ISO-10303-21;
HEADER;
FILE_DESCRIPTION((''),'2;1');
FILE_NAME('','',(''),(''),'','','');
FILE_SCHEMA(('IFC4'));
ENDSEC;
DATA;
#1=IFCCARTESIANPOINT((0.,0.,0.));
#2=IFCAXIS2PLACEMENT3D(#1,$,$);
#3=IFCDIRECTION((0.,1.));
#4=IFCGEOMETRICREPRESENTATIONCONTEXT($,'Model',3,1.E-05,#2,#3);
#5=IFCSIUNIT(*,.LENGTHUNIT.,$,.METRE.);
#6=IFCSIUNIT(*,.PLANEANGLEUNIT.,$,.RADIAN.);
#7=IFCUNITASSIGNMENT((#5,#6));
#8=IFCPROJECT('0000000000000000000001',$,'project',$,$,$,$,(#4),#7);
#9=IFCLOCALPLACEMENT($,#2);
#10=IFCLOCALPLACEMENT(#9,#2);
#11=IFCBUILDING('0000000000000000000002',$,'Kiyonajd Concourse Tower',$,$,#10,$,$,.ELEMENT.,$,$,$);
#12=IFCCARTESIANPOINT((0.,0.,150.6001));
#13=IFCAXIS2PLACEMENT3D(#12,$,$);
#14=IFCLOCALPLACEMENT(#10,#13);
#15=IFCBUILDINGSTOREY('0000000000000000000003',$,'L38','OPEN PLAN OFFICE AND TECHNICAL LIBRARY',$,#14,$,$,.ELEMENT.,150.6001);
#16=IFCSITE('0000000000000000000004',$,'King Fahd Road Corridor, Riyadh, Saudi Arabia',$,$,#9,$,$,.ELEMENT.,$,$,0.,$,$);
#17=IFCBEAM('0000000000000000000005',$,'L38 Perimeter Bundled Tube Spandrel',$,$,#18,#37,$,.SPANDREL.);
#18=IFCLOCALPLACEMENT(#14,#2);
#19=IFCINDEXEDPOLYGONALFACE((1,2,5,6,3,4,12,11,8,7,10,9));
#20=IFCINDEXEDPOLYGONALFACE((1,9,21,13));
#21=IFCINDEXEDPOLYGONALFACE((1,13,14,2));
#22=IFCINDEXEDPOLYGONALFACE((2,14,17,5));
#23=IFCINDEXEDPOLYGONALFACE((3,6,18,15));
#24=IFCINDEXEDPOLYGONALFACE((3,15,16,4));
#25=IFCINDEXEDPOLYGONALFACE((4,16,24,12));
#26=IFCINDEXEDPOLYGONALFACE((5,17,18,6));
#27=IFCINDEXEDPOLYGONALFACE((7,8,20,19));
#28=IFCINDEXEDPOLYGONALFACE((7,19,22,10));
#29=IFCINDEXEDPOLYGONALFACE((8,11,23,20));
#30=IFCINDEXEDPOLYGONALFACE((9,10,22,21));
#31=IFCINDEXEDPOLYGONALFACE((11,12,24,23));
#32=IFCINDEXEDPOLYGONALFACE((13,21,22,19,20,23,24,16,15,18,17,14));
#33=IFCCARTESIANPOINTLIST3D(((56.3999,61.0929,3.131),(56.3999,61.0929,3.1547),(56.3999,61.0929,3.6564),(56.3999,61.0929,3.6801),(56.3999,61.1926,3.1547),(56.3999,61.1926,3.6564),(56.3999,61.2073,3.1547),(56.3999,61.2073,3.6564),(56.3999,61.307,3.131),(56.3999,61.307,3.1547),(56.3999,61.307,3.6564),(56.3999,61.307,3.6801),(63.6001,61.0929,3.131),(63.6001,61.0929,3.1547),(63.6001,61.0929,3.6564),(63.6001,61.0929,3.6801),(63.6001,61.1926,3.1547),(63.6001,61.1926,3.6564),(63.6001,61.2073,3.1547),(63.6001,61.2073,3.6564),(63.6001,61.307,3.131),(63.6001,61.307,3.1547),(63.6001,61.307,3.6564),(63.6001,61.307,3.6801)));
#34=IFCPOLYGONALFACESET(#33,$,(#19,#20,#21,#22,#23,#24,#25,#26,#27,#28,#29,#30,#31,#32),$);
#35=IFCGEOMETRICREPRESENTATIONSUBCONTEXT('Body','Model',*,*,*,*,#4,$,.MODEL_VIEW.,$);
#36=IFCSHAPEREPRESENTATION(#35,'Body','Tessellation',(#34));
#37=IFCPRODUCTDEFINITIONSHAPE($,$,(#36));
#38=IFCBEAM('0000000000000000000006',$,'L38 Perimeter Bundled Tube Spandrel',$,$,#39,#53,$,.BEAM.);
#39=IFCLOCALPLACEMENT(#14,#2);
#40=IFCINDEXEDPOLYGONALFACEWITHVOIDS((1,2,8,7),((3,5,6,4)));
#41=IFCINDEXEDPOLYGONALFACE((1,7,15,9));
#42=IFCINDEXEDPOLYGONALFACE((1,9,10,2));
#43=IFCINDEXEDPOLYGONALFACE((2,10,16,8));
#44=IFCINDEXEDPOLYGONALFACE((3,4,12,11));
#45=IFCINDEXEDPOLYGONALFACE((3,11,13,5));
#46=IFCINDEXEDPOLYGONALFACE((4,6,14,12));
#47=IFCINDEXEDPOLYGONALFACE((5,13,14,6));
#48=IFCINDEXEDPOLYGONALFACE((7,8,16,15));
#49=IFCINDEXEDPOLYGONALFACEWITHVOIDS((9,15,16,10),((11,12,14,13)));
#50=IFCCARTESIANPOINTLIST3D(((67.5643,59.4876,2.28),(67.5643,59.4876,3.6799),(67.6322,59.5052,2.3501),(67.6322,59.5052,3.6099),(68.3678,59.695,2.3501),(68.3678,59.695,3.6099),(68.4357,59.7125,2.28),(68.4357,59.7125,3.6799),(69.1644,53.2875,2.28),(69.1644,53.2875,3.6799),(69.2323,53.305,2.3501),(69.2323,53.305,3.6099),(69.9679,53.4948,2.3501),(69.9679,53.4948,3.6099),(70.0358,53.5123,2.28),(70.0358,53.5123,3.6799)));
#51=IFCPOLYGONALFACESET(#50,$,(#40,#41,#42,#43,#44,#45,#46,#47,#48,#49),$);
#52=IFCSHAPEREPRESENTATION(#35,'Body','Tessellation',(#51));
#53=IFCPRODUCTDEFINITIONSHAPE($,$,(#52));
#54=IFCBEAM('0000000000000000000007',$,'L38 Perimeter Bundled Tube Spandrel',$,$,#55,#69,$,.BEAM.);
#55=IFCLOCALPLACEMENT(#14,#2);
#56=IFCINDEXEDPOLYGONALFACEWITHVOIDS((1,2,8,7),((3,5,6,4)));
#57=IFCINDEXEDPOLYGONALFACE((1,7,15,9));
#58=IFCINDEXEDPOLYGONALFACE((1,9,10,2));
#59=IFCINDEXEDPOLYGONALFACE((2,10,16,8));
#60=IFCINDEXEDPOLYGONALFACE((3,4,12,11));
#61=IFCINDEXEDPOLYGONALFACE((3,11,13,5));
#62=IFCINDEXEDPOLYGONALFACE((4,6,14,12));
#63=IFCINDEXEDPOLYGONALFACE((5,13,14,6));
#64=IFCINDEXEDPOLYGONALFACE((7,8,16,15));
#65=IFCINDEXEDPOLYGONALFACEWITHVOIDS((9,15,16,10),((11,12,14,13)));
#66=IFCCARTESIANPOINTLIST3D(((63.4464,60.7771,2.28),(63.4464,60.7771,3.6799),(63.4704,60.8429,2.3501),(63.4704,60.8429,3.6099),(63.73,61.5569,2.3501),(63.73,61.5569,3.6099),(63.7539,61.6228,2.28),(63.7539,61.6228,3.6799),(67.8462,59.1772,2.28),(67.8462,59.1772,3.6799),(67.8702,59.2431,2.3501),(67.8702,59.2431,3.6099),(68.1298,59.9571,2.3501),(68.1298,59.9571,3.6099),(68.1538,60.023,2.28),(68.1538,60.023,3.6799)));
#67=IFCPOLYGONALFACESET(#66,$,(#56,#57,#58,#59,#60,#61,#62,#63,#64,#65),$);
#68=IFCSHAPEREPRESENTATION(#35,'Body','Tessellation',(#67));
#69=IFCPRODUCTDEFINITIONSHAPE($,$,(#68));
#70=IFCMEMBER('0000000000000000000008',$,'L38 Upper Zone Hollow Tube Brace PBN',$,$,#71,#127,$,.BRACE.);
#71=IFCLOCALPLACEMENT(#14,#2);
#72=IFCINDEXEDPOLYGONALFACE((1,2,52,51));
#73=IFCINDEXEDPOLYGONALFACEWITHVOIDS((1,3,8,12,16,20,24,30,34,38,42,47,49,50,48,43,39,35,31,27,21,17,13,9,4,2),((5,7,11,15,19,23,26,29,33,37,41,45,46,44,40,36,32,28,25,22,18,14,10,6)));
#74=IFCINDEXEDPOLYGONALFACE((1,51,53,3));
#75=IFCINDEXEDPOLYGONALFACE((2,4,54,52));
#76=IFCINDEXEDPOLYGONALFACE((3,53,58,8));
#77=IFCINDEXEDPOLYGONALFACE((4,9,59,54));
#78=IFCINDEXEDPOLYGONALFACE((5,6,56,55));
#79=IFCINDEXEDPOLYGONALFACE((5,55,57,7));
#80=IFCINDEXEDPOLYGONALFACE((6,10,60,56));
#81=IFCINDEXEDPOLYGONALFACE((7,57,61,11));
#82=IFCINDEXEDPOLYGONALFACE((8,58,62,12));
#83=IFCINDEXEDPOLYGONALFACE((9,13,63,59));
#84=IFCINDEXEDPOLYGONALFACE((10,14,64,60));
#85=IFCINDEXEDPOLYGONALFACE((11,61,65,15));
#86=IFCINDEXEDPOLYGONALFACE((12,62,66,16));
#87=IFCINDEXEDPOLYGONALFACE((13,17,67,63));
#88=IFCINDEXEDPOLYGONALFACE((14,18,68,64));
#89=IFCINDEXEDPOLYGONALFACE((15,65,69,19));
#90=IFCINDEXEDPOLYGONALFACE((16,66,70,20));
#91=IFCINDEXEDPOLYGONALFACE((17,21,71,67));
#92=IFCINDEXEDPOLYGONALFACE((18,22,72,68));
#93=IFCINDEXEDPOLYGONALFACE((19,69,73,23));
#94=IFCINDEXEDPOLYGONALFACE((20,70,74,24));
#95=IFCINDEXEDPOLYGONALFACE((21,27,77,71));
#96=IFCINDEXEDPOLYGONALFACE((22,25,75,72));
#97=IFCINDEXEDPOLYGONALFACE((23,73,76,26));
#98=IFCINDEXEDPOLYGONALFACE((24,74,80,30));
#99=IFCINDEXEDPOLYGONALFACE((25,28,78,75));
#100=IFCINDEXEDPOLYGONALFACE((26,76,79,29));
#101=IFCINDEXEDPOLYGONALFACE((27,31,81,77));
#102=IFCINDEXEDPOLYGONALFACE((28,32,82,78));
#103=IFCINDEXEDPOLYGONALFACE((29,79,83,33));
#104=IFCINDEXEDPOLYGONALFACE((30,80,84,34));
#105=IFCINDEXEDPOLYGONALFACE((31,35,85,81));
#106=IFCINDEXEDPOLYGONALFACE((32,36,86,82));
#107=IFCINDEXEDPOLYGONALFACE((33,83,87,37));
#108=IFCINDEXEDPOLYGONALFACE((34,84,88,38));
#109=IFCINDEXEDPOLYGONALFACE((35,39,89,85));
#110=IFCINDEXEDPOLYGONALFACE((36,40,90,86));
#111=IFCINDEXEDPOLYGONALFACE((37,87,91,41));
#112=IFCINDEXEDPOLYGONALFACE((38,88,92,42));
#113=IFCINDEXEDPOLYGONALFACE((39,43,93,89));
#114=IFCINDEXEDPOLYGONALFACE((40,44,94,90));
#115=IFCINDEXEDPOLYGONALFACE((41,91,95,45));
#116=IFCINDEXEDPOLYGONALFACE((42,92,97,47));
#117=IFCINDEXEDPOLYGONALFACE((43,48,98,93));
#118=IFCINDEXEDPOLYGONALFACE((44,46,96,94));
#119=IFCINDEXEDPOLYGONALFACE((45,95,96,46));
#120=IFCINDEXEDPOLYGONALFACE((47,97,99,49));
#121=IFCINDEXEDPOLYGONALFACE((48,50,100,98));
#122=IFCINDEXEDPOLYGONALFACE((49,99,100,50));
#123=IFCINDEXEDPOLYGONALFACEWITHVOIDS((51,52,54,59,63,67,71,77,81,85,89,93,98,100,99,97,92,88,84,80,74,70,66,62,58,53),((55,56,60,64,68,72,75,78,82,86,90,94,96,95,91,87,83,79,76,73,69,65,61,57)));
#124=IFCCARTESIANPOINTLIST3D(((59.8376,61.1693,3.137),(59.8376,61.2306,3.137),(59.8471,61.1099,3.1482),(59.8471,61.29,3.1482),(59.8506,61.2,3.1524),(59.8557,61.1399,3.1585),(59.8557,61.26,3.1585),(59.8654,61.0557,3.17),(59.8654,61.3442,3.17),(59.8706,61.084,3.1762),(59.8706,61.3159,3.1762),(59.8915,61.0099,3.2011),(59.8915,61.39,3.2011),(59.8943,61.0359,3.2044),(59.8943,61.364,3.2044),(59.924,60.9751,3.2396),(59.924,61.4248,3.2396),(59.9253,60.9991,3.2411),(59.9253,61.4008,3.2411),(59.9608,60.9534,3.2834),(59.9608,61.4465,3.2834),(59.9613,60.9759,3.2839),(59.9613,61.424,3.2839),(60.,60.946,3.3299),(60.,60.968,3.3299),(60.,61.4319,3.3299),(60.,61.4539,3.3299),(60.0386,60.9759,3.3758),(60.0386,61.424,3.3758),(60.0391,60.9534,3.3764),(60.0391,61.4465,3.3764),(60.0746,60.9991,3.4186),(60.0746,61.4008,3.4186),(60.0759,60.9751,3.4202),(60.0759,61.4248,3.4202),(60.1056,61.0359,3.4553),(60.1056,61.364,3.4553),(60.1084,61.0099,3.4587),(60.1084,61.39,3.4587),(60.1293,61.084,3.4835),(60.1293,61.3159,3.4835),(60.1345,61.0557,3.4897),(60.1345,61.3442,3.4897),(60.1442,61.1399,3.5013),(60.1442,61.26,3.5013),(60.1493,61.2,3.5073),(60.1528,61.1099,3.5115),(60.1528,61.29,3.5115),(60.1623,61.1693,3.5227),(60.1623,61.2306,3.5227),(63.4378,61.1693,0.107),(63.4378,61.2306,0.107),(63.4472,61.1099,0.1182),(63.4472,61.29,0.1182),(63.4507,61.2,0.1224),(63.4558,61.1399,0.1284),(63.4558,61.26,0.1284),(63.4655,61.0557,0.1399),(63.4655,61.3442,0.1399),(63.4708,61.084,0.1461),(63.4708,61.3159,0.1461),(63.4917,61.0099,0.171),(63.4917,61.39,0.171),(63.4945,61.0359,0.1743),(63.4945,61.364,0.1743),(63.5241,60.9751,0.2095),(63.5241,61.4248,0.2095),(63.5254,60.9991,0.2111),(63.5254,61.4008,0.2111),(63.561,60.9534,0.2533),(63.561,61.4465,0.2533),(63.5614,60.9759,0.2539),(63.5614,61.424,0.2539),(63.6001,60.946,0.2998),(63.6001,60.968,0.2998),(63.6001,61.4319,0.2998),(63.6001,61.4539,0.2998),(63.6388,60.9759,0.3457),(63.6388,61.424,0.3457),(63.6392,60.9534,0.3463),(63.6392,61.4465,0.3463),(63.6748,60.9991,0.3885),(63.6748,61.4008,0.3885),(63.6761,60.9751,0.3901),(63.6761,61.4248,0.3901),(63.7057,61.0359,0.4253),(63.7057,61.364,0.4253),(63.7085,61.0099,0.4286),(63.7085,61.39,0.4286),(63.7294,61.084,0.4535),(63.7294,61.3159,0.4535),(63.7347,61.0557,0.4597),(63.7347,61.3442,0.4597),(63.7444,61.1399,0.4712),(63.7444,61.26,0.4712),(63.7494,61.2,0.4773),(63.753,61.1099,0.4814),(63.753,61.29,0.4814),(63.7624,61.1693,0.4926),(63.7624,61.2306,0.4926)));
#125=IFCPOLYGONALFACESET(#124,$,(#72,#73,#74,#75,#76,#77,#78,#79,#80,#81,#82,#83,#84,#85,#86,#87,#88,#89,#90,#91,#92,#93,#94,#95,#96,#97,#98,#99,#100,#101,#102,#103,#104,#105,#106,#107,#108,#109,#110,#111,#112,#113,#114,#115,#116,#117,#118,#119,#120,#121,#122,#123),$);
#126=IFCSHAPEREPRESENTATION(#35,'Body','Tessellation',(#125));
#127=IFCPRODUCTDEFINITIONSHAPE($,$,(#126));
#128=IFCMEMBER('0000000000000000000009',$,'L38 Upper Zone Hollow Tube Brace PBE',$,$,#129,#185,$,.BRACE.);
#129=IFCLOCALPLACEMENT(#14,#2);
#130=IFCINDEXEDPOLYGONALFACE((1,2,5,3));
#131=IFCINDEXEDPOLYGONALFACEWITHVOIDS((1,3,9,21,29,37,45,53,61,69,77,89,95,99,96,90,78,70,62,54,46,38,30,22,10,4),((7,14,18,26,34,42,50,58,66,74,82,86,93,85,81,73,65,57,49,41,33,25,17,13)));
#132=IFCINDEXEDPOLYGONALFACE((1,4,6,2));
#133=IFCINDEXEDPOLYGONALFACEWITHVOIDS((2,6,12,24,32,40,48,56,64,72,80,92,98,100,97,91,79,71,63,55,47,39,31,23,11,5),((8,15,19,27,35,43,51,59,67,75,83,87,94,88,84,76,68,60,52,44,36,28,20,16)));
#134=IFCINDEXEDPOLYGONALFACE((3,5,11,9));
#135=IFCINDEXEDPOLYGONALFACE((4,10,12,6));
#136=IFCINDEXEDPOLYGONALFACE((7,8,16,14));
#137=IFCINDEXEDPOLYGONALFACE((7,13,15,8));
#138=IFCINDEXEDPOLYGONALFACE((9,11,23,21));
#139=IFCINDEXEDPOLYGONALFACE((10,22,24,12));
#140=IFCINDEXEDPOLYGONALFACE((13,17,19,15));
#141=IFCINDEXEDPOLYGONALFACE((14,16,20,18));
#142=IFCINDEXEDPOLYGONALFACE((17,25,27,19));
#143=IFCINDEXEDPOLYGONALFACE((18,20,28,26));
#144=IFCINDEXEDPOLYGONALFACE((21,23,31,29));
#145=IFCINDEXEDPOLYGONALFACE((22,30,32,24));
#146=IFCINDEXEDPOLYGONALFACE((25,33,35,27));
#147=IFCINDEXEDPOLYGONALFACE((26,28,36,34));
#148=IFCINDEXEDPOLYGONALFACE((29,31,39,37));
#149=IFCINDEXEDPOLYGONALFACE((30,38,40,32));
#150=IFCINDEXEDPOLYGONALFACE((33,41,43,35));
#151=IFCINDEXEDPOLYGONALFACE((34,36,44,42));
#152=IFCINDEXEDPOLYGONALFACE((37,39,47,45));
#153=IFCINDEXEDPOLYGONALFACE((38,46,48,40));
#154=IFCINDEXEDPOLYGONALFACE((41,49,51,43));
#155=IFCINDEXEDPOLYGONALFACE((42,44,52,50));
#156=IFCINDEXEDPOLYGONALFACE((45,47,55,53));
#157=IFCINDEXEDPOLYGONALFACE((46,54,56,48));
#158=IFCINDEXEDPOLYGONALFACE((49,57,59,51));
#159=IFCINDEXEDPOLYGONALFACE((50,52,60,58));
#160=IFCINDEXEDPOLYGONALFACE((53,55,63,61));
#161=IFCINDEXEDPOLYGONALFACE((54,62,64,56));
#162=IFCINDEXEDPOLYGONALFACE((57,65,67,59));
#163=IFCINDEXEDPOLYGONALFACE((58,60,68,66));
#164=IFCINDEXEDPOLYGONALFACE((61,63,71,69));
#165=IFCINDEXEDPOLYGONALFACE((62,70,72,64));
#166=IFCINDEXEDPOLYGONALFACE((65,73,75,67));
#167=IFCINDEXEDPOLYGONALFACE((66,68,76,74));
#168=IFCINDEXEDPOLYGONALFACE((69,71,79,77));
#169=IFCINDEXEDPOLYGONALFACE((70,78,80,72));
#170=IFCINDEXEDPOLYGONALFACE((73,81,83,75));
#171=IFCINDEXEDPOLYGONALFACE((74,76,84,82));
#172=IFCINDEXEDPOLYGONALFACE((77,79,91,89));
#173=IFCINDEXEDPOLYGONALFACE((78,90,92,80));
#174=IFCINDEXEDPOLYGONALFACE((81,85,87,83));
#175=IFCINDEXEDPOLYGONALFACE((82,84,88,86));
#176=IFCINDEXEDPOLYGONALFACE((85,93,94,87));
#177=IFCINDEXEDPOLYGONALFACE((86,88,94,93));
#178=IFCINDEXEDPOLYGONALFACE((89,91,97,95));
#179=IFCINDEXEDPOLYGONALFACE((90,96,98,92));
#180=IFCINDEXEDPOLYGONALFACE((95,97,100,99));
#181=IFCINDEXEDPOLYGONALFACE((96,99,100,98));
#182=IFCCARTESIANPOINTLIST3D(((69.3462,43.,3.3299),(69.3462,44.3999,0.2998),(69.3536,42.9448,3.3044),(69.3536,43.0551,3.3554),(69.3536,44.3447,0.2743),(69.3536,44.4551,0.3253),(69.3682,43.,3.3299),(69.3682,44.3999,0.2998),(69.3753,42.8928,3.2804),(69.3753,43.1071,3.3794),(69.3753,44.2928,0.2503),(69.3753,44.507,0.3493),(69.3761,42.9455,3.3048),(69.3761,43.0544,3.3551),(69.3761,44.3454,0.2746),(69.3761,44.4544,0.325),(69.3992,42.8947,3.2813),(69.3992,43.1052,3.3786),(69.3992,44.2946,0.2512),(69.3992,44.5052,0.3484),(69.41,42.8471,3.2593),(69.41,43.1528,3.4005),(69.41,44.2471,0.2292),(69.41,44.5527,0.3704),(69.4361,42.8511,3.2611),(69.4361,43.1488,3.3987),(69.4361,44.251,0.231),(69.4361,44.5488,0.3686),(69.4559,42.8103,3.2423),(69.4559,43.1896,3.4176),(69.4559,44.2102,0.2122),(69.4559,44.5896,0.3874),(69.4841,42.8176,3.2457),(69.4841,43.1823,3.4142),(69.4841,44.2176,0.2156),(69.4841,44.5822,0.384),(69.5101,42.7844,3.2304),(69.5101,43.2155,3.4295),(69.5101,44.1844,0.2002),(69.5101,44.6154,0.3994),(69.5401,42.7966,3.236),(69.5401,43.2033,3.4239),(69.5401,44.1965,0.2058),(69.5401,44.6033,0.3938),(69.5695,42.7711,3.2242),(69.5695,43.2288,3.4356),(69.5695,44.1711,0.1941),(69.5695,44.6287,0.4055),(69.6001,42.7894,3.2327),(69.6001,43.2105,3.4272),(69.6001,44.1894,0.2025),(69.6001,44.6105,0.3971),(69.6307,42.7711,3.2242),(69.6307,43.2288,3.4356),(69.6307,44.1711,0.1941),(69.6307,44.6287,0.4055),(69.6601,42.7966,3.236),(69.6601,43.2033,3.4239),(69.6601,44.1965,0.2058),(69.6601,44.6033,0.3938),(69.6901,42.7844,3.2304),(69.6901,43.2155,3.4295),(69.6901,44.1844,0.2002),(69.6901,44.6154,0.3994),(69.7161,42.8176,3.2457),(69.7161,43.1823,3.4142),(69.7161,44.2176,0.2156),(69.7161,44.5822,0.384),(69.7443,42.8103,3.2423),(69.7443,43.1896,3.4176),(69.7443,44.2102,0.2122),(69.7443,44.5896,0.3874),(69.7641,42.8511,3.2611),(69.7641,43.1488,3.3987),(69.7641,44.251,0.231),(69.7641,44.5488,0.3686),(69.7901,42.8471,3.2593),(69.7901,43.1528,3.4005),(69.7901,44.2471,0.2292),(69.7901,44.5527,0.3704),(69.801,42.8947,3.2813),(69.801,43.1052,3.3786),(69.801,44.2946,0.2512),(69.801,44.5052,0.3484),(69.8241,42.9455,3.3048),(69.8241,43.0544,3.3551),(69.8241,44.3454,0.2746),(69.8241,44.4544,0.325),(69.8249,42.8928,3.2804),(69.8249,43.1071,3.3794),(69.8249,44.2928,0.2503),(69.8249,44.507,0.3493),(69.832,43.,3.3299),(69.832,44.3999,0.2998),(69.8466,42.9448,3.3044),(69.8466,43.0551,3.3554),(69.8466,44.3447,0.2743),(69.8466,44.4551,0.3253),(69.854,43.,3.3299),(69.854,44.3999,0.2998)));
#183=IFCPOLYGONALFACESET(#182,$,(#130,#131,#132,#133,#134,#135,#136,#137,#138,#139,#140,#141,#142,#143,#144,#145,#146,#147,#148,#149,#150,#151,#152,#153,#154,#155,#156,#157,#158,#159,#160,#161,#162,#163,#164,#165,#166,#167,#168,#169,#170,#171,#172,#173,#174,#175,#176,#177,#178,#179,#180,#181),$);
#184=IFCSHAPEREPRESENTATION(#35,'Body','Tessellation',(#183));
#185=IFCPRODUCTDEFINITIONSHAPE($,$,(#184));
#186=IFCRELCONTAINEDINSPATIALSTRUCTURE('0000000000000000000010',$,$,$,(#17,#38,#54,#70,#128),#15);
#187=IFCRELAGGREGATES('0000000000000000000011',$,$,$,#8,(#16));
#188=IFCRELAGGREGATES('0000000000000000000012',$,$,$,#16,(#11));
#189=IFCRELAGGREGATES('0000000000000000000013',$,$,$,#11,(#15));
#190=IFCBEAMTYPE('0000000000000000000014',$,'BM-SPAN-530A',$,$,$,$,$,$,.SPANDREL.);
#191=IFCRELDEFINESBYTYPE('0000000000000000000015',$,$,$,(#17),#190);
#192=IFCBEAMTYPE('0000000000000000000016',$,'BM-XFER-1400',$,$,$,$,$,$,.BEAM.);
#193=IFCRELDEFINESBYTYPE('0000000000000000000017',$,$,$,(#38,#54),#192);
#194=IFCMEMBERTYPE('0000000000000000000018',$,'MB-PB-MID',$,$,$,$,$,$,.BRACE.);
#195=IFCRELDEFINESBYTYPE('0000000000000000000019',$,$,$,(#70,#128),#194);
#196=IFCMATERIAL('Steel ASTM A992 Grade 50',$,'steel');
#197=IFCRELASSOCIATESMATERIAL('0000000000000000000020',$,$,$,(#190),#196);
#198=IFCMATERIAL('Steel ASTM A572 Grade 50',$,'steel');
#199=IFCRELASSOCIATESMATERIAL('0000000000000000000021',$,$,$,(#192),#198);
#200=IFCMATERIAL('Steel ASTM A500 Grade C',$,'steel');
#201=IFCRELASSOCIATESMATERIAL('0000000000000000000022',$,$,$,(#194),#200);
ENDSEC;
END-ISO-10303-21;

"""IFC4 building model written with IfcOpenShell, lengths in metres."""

from ifc_helpers import new_model, si_unit, direction, frame, origin, origin_2d, place, context, subcontext, project, spatial, hollow_rectangle, hollow_circle, i_section, extrude, material, material_profile, profile_set, type_object, element, save


model = new_model("IFC4")

# Units and contexts
model_context = context("Model", 3, precision=1e-05, world=origin(), true_north=direction((0.0, 1.0)))
body_context = subcontext(model_context, "Body", "Model", "MODEL_VIEW")
ifc_project = project(units=[si_unit("LENGTHUNIT", "METRE"), si_unit("PLANEANGLEUNIT", "RADIAN")], contexts=[model_context])

# Site, building, storey
site_placement = place(None, origin())
site = spatial("IfcSite", under=ifc_project, at=site_placement, Name="King Fahd Road Corridor, Riyadh, Saudi Arabia", CompositionType="ELEMENT", RefElevation=0.0)
building_placement = place(site_placement, origin())
building = spatial("IfcBuilding", under=site, at=building_placement, Name="Kiyonajd Concourse Tower", CompositionType="ELEMENT")
storey_placement = place(building_placement, frame((0.0, 0.0, 150.6001)))
storey = spatial("IfcBuildingStorey", under=building, at=storey_placement, Name="L38", Description="OPEN PLAN OFFICE AND TECHNICAL LIBRARY", CompositionType="ELEMENT", Elevation=150.6001)

# Beams
ifc_material_1 = material(Name="Steel ASTM A992 Grade 50", Category="steel")
ifc_material_profile_1 = material_profile(ifc_material_1, i_section(OverallWidth=0.2141, OverallDepth=0.5491, WebThickness=0.0146, FlangeThickness=0.0237, at=origin_2d()), Name="W530X138")
ifc_profile_set_1 = profile_set([ifc_material_profile_1], Name="Steel ASTM A992 Grade 50")
beam_type_1 = type_object("IfcBeamType", Name="BM-SPAN-530A", PredefinedType="SPANDREL", material=ifc_profile_set_1)
beam_1_placement = place(storey_placement, frame((63.6001, 61.2, 3.4055), z_axis=(-1.0, 0.0, 0.0), x_axis=(0.0, -1.0, 0.0)))
element("IfcBeam", 1, at=beam_1_placement, inside=storey, type_object=beam_type_1, Name="L38 Perimeter Bundled Tube Spandrel", PredefinedType="SPANDREL", context=body_context, shape_type="SweptSolid", body=[
    extrude(i_section(OverallWidth=0.2141, OverallDepth=0.5491, WebThickness=0.0146, FlangeThickness=0.0237, at=origin_2d()), origin(), (0.0, 0.0, 1.0), 7.2002),
])
ifc_material_2 = material(Name="Steel ASTM A572 Grade 50", Category="steel")
ifc_material_profile_2 = material_profile(ifc_material_2, hollow_rectangle(XDim=0.8999, YDim=1.3999, WallThickness=0.0701, at=origin_2d()), Name="BOX-1400x900x70")
ifc_profile_set_2 = profile_set([ifc_material_profile_2], Name="Steel ASTM A572 Grade 50")
beam_type_2 = type_object("IfcBeamType", Name="BM-XFER-1400", PredefinedType="BEAM", material=ifc_profile_set_2)
beam_2_placement = place(storey_placement, frame((69.6001, 53.3999, 2.98), z_axis=(-0.249885, 0.968276, 0.0), x_axis=(-0.968276, -0.249885, 0.0)))
element("IfcBeam", 2, at=beam_2_placement, inside=storey, type_object=beam_type_2, Name="L38 Perimeter Bundled Tube Spandrel", PredefinedType="BEAM", context=body_context, shape_type="SweptSolid", body=[
    extrude(hollow_rectangle(XDim=0.8999, YDim=1.3999, WallThickness=0.0701, at=origin_2d()), origin(), (0.0, 0.0, 1.0), 6.4033),
])
beam_3_placement = place(storey_placement, frame((68.0, 59.6001, 2.98), z_axis=(-0.939801, 0.341722, 0.0), x_axis=(-0.341722, -0.939801, 0.0)))
element("IfcBeam", 3, at=beam_3_placement, inside=storey, type_object=beam_type_2, Name="L38 Perimeter Bundled Tube Spandrel", PredefinedType="BEAM", context=body_context, shape_type="SweptSolid", body=[
    extrude(hollow_rectangle(XDim=0.8999, YDim=1.3999, WallThickness=0.0701, at=origin_2d()), origin(), (0.0, 0.0, 1.0), 4.6816),
])

# Members
ifc_material_3 = material(Name="Steel ASTM A500 Grade C", Category="steel")
ifc_material_profile_3 = material_profile(ifc_material_3, hollow_circle(Radius=0.2539, WallThickness=0.022, at=origin_2d()), Name="CHS-508x22")
ifc_profile_set_3 = profile_set([ifc_material_profile_3], Name="Steel ASTM A500 Grade C")
member_type = type_object("IfcMemberType", Name="MB-PB-MID", PredefinedType="BRACE", material=ifc_profile_set_3)
member_1_placement = place(storey_placement, frame((63.6001, 61.2, 0.2998), z_axis=(-0.765082, 0.0, 0.643933), x_axis=(0.0, -1.0, 0.0)))
element("IfcMember", 4, at=member_1_placement, inside=storey, type_object=member_type, Name="L38 Upper Zone Hollow Tube Brace PBN", PredefinedType="BRACE", context=body_context, shape_type="SweptSolid", body=[
    extrude(hollow_circle(Radius=0.2539, WallThickness=0.022, at=origin_2d()), origin(), (0.0, 0.0, 1.0), 4.7056),
])
member_2_placement = place(storey_placement, frame((69.6001, 44.3999, 0.2998), z_axis=(0.0, -0.419411, 0.907797), x_axis=(1.0, 0.0, 0.0)))
element("IfcMember", 5, at=member_2_placement, inside=storey, type_object=member_type, Name="L38 Upper Zone Hollow Tube Brace PBE", PredefinedType="BRACE", context=body_context, shape_type="SweptSolid", body=[
    extrude(hollow_circle(Radius=0.2539, WallThickness=0.022, at=origin_2d()), origin(), (0.0, 0.0, 1.0), 3.3379),
])

save(model, "model.ifc")
